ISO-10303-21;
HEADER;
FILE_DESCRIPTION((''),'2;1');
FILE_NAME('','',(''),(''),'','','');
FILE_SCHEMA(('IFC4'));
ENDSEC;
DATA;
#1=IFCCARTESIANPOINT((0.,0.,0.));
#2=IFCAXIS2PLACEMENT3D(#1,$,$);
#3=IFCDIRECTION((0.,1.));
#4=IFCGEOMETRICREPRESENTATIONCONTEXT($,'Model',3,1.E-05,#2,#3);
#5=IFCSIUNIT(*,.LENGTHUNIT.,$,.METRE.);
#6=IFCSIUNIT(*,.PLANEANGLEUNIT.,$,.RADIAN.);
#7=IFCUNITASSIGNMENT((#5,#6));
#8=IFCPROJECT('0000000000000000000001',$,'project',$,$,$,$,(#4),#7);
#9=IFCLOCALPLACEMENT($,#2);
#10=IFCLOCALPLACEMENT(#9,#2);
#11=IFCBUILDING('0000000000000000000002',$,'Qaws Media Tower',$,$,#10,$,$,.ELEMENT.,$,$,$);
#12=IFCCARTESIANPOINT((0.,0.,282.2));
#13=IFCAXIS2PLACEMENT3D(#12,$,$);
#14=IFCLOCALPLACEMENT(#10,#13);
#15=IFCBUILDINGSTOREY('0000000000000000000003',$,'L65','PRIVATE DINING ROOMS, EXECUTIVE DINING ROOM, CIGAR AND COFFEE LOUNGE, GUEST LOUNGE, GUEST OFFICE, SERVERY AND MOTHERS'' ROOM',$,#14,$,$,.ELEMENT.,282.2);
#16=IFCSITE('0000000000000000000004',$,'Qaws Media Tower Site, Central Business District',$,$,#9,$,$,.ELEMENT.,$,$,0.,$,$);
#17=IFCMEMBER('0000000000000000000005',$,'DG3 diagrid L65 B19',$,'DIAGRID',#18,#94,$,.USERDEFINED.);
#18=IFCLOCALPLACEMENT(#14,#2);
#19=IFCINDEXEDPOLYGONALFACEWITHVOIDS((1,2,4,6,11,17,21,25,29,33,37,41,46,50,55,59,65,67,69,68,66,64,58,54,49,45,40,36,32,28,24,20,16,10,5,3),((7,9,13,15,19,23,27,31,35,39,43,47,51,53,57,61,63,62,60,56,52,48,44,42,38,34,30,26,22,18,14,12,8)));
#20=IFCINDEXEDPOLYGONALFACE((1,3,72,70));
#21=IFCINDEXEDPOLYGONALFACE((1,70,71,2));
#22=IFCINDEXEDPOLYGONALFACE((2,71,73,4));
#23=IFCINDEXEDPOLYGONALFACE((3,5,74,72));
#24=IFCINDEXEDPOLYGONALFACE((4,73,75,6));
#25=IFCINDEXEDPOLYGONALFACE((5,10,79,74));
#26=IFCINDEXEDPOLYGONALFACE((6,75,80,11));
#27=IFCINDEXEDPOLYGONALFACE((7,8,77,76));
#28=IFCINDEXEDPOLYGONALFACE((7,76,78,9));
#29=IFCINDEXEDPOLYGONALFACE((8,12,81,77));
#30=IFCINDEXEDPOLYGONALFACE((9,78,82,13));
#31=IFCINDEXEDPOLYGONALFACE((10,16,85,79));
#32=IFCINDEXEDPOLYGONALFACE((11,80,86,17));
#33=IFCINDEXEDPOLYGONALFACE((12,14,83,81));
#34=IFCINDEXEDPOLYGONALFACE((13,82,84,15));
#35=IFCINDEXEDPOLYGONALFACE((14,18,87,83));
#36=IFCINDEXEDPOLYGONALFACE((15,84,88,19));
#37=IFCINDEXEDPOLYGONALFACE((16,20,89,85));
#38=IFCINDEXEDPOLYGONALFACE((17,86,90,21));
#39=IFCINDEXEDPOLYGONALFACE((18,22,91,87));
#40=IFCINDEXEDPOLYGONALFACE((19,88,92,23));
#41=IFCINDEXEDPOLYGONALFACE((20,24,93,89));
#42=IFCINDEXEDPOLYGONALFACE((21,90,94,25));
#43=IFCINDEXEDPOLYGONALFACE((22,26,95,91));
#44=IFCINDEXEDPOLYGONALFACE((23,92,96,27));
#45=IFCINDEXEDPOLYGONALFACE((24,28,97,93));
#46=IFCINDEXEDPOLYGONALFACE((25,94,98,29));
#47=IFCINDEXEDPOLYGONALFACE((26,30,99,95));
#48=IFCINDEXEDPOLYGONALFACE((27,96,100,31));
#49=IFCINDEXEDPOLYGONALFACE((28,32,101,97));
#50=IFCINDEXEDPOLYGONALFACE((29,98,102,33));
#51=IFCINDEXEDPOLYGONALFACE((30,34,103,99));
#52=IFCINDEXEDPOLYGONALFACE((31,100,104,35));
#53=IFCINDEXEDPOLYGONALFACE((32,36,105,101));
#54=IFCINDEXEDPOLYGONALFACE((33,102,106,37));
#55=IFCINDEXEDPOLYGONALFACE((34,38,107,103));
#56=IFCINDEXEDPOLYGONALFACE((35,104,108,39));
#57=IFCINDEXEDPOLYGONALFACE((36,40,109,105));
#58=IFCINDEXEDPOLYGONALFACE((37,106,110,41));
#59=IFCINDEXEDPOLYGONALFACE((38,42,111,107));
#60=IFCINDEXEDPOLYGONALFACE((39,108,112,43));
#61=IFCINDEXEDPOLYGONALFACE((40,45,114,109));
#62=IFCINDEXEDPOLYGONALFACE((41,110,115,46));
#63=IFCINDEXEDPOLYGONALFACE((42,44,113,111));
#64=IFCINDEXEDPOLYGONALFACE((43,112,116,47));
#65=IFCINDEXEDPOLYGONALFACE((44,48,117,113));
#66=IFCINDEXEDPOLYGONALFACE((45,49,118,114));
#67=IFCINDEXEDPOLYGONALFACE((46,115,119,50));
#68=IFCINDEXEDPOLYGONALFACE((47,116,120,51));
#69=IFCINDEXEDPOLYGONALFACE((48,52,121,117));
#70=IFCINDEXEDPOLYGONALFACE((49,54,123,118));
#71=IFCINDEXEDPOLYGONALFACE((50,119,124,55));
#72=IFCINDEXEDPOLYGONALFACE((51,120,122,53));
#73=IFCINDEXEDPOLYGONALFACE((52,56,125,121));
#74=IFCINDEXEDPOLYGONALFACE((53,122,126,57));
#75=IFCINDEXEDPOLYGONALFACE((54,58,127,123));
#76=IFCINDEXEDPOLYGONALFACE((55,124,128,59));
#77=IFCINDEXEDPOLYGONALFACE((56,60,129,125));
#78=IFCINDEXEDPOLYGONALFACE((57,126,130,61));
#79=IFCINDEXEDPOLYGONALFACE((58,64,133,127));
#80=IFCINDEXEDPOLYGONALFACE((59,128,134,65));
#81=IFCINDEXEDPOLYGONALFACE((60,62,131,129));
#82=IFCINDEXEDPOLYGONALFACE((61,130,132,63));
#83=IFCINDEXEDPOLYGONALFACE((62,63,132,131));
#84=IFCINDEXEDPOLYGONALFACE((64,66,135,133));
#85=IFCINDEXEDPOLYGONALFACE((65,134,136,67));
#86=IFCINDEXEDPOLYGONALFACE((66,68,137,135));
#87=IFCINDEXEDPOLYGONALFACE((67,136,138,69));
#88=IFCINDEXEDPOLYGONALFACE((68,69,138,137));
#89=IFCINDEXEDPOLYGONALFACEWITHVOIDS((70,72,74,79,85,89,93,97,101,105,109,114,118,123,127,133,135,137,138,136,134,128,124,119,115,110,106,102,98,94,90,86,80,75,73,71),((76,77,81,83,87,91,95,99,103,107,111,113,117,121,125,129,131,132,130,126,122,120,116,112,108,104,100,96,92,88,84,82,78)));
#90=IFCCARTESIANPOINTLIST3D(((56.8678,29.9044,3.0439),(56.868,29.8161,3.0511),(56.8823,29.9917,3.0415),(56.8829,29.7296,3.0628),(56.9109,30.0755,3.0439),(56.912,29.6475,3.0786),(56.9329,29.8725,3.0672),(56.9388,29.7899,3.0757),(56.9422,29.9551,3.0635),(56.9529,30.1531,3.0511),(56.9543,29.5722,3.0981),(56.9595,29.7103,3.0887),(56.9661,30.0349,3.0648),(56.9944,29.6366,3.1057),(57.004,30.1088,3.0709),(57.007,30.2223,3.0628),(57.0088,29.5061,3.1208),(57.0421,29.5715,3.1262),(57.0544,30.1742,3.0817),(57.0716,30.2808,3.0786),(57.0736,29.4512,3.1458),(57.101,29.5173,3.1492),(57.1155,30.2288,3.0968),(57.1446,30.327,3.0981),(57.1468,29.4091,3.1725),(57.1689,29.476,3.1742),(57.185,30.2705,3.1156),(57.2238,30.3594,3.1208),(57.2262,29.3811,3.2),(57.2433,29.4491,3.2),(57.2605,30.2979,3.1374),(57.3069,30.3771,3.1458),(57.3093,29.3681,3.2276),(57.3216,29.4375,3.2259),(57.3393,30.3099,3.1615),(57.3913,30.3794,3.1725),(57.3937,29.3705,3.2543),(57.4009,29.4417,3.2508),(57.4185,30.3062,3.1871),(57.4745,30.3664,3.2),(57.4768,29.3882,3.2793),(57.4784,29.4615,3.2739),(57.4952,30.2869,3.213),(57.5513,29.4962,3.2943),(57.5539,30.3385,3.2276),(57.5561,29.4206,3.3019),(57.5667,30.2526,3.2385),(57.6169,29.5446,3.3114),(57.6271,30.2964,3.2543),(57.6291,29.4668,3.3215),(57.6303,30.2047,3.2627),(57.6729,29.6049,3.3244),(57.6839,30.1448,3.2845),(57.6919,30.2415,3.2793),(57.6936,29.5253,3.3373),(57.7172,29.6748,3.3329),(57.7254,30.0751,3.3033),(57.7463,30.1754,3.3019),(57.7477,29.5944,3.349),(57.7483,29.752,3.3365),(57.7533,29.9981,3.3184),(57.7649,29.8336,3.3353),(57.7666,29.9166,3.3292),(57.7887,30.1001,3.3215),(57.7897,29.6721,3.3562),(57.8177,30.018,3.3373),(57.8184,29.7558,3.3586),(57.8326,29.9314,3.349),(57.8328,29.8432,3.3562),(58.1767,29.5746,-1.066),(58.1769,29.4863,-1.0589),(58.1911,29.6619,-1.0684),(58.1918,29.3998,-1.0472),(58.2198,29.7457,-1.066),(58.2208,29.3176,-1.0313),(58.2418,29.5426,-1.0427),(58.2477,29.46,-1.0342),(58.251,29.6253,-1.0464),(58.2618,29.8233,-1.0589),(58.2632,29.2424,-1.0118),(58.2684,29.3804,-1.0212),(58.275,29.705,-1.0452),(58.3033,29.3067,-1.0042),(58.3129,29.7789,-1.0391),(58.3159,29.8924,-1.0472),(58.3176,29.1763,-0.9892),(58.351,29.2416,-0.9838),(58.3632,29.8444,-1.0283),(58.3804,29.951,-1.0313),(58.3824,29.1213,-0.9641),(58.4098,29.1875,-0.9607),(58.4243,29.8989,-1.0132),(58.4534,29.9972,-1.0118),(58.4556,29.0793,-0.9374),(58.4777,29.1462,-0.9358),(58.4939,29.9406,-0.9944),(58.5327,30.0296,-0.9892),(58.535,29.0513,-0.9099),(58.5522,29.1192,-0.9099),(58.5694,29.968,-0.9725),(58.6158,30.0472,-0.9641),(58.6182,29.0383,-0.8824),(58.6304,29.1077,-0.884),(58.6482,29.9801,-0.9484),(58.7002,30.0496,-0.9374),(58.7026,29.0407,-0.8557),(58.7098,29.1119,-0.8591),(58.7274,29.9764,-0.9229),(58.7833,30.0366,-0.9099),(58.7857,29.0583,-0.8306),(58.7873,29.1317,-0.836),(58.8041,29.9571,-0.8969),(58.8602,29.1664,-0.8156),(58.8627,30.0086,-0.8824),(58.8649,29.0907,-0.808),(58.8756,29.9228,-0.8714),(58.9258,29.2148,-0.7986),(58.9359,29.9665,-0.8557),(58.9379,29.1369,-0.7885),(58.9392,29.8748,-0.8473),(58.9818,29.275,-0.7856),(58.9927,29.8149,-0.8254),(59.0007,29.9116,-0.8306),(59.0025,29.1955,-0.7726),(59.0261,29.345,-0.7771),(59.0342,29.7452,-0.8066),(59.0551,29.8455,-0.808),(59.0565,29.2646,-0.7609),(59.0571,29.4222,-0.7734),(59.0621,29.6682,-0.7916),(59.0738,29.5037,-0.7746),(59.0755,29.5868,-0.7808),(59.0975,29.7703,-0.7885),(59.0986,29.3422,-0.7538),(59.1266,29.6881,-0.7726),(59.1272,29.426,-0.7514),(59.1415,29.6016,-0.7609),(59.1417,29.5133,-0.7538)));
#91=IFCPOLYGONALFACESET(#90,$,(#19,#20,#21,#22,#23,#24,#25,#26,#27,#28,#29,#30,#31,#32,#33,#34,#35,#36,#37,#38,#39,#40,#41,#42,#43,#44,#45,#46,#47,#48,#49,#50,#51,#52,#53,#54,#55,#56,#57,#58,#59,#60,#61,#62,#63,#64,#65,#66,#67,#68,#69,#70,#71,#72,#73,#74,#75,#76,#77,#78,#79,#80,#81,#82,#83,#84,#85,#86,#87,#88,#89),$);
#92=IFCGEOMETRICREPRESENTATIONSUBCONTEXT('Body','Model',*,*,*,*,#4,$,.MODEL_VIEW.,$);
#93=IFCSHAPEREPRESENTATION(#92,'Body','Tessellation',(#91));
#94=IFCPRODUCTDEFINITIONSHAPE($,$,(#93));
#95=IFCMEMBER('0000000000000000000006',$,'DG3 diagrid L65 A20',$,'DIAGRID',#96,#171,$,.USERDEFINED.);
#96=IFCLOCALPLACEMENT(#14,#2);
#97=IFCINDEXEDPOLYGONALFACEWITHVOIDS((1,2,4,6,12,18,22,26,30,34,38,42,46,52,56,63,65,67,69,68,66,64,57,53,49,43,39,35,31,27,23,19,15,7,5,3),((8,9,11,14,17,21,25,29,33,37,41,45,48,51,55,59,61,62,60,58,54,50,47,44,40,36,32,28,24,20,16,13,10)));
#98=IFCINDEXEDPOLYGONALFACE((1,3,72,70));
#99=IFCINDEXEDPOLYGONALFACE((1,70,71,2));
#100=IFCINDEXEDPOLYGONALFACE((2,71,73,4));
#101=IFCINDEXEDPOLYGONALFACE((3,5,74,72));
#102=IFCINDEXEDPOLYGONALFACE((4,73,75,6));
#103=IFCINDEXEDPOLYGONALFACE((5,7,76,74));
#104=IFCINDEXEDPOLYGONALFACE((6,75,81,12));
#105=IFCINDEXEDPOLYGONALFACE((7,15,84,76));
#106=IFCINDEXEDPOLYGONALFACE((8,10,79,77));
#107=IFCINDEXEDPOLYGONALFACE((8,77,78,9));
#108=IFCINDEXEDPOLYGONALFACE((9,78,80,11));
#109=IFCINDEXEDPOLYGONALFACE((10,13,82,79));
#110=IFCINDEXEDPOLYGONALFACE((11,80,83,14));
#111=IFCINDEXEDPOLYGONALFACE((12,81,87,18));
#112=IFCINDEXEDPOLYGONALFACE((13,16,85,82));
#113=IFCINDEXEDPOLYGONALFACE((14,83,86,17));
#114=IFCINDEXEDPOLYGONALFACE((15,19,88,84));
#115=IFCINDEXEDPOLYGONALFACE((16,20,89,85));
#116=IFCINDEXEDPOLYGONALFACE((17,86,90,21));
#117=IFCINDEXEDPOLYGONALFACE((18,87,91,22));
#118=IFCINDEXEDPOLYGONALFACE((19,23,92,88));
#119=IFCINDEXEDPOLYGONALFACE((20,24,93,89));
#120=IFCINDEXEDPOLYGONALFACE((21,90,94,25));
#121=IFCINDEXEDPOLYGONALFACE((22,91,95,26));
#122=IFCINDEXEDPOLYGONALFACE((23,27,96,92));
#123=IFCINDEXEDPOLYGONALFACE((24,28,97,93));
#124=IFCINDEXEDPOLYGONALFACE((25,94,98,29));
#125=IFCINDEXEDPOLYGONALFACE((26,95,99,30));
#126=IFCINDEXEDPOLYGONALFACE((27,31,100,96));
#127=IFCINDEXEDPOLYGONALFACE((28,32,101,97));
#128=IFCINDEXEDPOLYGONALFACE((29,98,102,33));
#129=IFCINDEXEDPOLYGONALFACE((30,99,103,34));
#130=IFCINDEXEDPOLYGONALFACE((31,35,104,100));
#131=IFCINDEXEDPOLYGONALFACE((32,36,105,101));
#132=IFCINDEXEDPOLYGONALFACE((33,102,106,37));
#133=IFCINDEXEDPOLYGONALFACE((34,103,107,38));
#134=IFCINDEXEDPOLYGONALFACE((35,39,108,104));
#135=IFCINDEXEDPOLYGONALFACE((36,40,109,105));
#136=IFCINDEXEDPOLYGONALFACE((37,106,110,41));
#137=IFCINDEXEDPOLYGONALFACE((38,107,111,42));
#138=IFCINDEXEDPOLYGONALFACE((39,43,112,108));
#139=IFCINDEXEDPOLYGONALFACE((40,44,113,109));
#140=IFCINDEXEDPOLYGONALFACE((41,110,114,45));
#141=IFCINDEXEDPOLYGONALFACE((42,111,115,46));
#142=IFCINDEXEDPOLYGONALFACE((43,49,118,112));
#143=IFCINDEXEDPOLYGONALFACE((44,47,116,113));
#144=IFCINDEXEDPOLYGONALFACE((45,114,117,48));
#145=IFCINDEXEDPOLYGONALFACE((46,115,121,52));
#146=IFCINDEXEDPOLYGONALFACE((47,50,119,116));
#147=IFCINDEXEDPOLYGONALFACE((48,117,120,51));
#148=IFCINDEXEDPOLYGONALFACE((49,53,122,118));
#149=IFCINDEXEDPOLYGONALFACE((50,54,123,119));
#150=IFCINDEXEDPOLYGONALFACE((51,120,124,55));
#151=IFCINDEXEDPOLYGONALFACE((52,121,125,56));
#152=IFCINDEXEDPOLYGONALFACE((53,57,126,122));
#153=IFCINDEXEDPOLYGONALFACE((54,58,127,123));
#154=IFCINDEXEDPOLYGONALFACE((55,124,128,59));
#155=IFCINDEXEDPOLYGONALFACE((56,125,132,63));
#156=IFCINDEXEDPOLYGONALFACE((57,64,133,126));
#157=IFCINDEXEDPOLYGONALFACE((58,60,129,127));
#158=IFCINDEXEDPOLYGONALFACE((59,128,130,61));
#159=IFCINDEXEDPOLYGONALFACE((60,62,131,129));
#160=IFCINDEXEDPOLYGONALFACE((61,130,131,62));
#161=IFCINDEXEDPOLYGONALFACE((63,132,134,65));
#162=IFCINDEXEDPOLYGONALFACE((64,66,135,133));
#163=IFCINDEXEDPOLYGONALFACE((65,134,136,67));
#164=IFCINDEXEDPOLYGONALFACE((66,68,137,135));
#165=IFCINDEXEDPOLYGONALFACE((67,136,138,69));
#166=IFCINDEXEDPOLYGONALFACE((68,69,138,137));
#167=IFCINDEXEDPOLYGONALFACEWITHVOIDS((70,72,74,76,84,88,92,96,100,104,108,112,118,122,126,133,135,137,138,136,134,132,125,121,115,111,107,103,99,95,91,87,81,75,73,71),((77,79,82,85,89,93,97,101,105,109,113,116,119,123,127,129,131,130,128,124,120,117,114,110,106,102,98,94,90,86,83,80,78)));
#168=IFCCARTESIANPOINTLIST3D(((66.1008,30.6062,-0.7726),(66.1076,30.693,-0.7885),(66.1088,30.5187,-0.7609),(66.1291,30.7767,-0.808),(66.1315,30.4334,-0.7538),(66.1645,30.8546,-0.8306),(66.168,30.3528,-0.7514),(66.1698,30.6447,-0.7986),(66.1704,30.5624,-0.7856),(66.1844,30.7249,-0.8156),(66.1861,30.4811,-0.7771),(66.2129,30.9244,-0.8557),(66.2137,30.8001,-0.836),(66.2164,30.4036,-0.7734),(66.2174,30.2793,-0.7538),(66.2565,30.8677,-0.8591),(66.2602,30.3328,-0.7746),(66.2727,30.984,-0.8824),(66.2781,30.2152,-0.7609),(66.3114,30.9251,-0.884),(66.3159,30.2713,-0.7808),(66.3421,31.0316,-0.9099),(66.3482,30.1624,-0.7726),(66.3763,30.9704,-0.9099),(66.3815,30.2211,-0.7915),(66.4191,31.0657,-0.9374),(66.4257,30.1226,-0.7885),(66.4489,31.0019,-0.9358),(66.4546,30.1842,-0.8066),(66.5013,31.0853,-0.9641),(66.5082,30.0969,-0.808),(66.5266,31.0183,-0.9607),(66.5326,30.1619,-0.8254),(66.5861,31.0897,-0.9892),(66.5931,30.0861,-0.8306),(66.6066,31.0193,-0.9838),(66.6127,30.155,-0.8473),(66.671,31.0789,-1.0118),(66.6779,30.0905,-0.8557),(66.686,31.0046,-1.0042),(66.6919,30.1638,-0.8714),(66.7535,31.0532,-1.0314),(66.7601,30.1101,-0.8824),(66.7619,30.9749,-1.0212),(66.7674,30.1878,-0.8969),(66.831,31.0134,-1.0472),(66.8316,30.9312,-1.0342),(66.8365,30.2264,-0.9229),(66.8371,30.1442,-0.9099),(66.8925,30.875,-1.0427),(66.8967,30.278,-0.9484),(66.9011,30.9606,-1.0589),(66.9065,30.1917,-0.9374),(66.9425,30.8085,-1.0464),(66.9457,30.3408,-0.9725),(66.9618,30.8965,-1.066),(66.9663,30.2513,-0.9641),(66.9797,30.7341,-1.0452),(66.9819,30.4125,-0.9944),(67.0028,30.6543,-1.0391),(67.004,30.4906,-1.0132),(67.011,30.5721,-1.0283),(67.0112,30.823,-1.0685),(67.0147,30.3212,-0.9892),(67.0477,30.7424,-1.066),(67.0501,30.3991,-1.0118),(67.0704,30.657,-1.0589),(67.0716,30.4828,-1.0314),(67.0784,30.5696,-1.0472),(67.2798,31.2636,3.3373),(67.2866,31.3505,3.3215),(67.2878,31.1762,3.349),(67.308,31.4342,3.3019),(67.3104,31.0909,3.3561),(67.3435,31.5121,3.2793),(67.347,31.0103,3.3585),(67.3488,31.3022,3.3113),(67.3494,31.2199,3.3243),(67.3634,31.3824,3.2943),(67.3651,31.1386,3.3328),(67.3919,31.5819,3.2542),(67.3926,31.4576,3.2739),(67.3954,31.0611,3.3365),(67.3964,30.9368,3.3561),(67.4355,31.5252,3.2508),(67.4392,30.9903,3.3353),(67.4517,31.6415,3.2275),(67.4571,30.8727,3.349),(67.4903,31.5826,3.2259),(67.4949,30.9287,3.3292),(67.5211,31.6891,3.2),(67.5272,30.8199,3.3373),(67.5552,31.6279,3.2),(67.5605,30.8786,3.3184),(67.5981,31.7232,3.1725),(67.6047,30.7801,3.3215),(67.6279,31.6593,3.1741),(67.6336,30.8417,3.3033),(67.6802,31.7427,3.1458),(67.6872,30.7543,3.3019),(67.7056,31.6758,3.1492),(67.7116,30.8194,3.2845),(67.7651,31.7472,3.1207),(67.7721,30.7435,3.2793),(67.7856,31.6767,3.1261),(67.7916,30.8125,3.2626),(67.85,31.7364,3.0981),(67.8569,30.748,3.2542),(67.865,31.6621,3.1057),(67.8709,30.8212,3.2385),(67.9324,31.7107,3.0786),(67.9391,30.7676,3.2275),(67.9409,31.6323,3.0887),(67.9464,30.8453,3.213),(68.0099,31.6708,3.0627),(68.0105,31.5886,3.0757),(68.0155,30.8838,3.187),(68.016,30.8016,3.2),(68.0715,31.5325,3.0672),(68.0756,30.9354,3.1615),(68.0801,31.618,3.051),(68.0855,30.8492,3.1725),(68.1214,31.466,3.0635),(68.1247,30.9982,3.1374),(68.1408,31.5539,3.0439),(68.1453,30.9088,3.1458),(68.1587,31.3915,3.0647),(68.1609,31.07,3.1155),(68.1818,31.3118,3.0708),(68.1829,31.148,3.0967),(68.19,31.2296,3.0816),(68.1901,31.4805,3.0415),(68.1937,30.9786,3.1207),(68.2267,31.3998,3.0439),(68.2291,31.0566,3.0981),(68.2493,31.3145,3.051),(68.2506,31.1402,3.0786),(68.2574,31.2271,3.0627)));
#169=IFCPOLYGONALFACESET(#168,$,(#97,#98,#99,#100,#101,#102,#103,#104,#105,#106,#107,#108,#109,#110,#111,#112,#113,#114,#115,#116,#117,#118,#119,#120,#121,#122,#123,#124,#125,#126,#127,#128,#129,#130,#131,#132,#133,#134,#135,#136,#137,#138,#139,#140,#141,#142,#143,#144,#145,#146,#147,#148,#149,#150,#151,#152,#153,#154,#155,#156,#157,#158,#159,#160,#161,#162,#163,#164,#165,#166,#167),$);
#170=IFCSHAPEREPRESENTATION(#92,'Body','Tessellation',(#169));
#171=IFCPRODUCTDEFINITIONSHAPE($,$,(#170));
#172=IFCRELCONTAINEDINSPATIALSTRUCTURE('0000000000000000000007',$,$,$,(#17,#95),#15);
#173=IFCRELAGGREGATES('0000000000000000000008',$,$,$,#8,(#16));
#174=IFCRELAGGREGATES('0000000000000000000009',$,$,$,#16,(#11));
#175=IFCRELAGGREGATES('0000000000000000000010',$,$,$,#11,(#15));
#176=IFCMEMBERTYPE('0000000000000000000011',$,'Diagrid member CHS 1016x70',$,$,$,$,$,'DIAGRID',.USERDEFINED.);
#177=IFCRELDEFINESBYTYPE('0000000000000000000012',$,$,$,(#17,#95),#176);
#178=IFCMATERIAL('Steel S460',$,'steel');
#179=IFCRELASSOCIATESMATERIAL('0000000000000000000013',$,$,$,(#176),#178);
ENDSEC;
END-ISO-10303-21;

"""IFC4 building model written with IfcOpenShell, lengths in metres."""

from ifc_helpers import new_model, si_unit, direction, frame, origin, origin_2d, place, context, subcontext, project, spatial, hollow_circle, extrude, material, material_profile, profile_set, type_object, element, save


model = new_model("IFC4")

# Units and contexts
model_context = context("Model", 3, precision=1e-05, world=origin(), true_north=direction((0.0, 1.0)))
body_context = subcontext(model_context, "Body", "Model", "MODEL_VIEW")
ifc_project = project(units=[si_unit("LENGTHUNIT", "METRE"), si_unit("PLANEANGLEUNIT", "RADIAN")], contexts=[model_context])

# Site, building, storey
site_placement = place(None, origin())
site = spatial("IfcSite", under=ifc_project, at=site_placement, Name="Qaws Media Tower Site, Central Business District", CompositionType="ELEMENT", RefElevation=0.0)
building_placement = place(site_placement, origin())
building = spatial("IfcBuilding", under=site, at=building_placement, Name="Qaws Media Tower", CompositionType="ELEMENT")
storey_placement = place(building_placement, frame((0.0, 0.0, 282.2)))
storey = spatial("IfcBuildingStorey", under=building, at=storey_placement, Name="L65", Description="PRIVATE DINING ROOMS, EXECUTIVE DINING ROOM, CIGAR AND COFFEE LOUNGE, GUEST LOUNGE, GUEST OFFICE, SERVERY AND MOTHERS' ROOM", CompositionType="ELEMENT", Elevation=282.2)

# Members
ifc_material_1 = material(Name="Steel S460", Category="steel")
ifc_material_profile_1 = material_profile(ifc_material_1, hollow_circle(Radius=0.5081, WallThickness=0.0701, at=origin_2d()), Name="CHS 1016x70")
ifc_profile_set_1 = profile_set([ifc_material_profile_1], Name="Steel S460")
member_type_1 = type_object("IfcMemberType", Name="Diagrid member CHS 1016x70", ElementType="DIAGRID", PredefinedType="USERDEFINED", material=ifc_profile_set_1)
for number, where, z_axis, x_axis, name in (
    (1, (58.6592, 29.5439, -0.9099), (-0.302563, 0.076248, 0.950075), (-0.244365, -0.969683, 0.0), "DG3 diagrid L65 B19"),
    (2, (66.5896, 30.5879, -0.9099), (0.272536, 0.151986, 0.950066), (-0.487055, 0.873371, 0.0), "DG3 diagrid L65 A20"),
):
    element("IfcMember", number, at=place(storey_placement, frame(where, z_axis=z_axis, x_axis=x_axis)), inside=storey, type_object=member_type_1, Name=name, ObjectType="DIAGRID", PredefinedType="USERDEFINED", context=body_context, shape_type="SweptSolid", body=[
        extrude(hollow_circle(Radius=0.5081, WallThickness=0.0701, at=origin_2d()), origin(), (0.0, 0.0, 1.0), 4.3259),
    ])

save(model, "model.ifc")
